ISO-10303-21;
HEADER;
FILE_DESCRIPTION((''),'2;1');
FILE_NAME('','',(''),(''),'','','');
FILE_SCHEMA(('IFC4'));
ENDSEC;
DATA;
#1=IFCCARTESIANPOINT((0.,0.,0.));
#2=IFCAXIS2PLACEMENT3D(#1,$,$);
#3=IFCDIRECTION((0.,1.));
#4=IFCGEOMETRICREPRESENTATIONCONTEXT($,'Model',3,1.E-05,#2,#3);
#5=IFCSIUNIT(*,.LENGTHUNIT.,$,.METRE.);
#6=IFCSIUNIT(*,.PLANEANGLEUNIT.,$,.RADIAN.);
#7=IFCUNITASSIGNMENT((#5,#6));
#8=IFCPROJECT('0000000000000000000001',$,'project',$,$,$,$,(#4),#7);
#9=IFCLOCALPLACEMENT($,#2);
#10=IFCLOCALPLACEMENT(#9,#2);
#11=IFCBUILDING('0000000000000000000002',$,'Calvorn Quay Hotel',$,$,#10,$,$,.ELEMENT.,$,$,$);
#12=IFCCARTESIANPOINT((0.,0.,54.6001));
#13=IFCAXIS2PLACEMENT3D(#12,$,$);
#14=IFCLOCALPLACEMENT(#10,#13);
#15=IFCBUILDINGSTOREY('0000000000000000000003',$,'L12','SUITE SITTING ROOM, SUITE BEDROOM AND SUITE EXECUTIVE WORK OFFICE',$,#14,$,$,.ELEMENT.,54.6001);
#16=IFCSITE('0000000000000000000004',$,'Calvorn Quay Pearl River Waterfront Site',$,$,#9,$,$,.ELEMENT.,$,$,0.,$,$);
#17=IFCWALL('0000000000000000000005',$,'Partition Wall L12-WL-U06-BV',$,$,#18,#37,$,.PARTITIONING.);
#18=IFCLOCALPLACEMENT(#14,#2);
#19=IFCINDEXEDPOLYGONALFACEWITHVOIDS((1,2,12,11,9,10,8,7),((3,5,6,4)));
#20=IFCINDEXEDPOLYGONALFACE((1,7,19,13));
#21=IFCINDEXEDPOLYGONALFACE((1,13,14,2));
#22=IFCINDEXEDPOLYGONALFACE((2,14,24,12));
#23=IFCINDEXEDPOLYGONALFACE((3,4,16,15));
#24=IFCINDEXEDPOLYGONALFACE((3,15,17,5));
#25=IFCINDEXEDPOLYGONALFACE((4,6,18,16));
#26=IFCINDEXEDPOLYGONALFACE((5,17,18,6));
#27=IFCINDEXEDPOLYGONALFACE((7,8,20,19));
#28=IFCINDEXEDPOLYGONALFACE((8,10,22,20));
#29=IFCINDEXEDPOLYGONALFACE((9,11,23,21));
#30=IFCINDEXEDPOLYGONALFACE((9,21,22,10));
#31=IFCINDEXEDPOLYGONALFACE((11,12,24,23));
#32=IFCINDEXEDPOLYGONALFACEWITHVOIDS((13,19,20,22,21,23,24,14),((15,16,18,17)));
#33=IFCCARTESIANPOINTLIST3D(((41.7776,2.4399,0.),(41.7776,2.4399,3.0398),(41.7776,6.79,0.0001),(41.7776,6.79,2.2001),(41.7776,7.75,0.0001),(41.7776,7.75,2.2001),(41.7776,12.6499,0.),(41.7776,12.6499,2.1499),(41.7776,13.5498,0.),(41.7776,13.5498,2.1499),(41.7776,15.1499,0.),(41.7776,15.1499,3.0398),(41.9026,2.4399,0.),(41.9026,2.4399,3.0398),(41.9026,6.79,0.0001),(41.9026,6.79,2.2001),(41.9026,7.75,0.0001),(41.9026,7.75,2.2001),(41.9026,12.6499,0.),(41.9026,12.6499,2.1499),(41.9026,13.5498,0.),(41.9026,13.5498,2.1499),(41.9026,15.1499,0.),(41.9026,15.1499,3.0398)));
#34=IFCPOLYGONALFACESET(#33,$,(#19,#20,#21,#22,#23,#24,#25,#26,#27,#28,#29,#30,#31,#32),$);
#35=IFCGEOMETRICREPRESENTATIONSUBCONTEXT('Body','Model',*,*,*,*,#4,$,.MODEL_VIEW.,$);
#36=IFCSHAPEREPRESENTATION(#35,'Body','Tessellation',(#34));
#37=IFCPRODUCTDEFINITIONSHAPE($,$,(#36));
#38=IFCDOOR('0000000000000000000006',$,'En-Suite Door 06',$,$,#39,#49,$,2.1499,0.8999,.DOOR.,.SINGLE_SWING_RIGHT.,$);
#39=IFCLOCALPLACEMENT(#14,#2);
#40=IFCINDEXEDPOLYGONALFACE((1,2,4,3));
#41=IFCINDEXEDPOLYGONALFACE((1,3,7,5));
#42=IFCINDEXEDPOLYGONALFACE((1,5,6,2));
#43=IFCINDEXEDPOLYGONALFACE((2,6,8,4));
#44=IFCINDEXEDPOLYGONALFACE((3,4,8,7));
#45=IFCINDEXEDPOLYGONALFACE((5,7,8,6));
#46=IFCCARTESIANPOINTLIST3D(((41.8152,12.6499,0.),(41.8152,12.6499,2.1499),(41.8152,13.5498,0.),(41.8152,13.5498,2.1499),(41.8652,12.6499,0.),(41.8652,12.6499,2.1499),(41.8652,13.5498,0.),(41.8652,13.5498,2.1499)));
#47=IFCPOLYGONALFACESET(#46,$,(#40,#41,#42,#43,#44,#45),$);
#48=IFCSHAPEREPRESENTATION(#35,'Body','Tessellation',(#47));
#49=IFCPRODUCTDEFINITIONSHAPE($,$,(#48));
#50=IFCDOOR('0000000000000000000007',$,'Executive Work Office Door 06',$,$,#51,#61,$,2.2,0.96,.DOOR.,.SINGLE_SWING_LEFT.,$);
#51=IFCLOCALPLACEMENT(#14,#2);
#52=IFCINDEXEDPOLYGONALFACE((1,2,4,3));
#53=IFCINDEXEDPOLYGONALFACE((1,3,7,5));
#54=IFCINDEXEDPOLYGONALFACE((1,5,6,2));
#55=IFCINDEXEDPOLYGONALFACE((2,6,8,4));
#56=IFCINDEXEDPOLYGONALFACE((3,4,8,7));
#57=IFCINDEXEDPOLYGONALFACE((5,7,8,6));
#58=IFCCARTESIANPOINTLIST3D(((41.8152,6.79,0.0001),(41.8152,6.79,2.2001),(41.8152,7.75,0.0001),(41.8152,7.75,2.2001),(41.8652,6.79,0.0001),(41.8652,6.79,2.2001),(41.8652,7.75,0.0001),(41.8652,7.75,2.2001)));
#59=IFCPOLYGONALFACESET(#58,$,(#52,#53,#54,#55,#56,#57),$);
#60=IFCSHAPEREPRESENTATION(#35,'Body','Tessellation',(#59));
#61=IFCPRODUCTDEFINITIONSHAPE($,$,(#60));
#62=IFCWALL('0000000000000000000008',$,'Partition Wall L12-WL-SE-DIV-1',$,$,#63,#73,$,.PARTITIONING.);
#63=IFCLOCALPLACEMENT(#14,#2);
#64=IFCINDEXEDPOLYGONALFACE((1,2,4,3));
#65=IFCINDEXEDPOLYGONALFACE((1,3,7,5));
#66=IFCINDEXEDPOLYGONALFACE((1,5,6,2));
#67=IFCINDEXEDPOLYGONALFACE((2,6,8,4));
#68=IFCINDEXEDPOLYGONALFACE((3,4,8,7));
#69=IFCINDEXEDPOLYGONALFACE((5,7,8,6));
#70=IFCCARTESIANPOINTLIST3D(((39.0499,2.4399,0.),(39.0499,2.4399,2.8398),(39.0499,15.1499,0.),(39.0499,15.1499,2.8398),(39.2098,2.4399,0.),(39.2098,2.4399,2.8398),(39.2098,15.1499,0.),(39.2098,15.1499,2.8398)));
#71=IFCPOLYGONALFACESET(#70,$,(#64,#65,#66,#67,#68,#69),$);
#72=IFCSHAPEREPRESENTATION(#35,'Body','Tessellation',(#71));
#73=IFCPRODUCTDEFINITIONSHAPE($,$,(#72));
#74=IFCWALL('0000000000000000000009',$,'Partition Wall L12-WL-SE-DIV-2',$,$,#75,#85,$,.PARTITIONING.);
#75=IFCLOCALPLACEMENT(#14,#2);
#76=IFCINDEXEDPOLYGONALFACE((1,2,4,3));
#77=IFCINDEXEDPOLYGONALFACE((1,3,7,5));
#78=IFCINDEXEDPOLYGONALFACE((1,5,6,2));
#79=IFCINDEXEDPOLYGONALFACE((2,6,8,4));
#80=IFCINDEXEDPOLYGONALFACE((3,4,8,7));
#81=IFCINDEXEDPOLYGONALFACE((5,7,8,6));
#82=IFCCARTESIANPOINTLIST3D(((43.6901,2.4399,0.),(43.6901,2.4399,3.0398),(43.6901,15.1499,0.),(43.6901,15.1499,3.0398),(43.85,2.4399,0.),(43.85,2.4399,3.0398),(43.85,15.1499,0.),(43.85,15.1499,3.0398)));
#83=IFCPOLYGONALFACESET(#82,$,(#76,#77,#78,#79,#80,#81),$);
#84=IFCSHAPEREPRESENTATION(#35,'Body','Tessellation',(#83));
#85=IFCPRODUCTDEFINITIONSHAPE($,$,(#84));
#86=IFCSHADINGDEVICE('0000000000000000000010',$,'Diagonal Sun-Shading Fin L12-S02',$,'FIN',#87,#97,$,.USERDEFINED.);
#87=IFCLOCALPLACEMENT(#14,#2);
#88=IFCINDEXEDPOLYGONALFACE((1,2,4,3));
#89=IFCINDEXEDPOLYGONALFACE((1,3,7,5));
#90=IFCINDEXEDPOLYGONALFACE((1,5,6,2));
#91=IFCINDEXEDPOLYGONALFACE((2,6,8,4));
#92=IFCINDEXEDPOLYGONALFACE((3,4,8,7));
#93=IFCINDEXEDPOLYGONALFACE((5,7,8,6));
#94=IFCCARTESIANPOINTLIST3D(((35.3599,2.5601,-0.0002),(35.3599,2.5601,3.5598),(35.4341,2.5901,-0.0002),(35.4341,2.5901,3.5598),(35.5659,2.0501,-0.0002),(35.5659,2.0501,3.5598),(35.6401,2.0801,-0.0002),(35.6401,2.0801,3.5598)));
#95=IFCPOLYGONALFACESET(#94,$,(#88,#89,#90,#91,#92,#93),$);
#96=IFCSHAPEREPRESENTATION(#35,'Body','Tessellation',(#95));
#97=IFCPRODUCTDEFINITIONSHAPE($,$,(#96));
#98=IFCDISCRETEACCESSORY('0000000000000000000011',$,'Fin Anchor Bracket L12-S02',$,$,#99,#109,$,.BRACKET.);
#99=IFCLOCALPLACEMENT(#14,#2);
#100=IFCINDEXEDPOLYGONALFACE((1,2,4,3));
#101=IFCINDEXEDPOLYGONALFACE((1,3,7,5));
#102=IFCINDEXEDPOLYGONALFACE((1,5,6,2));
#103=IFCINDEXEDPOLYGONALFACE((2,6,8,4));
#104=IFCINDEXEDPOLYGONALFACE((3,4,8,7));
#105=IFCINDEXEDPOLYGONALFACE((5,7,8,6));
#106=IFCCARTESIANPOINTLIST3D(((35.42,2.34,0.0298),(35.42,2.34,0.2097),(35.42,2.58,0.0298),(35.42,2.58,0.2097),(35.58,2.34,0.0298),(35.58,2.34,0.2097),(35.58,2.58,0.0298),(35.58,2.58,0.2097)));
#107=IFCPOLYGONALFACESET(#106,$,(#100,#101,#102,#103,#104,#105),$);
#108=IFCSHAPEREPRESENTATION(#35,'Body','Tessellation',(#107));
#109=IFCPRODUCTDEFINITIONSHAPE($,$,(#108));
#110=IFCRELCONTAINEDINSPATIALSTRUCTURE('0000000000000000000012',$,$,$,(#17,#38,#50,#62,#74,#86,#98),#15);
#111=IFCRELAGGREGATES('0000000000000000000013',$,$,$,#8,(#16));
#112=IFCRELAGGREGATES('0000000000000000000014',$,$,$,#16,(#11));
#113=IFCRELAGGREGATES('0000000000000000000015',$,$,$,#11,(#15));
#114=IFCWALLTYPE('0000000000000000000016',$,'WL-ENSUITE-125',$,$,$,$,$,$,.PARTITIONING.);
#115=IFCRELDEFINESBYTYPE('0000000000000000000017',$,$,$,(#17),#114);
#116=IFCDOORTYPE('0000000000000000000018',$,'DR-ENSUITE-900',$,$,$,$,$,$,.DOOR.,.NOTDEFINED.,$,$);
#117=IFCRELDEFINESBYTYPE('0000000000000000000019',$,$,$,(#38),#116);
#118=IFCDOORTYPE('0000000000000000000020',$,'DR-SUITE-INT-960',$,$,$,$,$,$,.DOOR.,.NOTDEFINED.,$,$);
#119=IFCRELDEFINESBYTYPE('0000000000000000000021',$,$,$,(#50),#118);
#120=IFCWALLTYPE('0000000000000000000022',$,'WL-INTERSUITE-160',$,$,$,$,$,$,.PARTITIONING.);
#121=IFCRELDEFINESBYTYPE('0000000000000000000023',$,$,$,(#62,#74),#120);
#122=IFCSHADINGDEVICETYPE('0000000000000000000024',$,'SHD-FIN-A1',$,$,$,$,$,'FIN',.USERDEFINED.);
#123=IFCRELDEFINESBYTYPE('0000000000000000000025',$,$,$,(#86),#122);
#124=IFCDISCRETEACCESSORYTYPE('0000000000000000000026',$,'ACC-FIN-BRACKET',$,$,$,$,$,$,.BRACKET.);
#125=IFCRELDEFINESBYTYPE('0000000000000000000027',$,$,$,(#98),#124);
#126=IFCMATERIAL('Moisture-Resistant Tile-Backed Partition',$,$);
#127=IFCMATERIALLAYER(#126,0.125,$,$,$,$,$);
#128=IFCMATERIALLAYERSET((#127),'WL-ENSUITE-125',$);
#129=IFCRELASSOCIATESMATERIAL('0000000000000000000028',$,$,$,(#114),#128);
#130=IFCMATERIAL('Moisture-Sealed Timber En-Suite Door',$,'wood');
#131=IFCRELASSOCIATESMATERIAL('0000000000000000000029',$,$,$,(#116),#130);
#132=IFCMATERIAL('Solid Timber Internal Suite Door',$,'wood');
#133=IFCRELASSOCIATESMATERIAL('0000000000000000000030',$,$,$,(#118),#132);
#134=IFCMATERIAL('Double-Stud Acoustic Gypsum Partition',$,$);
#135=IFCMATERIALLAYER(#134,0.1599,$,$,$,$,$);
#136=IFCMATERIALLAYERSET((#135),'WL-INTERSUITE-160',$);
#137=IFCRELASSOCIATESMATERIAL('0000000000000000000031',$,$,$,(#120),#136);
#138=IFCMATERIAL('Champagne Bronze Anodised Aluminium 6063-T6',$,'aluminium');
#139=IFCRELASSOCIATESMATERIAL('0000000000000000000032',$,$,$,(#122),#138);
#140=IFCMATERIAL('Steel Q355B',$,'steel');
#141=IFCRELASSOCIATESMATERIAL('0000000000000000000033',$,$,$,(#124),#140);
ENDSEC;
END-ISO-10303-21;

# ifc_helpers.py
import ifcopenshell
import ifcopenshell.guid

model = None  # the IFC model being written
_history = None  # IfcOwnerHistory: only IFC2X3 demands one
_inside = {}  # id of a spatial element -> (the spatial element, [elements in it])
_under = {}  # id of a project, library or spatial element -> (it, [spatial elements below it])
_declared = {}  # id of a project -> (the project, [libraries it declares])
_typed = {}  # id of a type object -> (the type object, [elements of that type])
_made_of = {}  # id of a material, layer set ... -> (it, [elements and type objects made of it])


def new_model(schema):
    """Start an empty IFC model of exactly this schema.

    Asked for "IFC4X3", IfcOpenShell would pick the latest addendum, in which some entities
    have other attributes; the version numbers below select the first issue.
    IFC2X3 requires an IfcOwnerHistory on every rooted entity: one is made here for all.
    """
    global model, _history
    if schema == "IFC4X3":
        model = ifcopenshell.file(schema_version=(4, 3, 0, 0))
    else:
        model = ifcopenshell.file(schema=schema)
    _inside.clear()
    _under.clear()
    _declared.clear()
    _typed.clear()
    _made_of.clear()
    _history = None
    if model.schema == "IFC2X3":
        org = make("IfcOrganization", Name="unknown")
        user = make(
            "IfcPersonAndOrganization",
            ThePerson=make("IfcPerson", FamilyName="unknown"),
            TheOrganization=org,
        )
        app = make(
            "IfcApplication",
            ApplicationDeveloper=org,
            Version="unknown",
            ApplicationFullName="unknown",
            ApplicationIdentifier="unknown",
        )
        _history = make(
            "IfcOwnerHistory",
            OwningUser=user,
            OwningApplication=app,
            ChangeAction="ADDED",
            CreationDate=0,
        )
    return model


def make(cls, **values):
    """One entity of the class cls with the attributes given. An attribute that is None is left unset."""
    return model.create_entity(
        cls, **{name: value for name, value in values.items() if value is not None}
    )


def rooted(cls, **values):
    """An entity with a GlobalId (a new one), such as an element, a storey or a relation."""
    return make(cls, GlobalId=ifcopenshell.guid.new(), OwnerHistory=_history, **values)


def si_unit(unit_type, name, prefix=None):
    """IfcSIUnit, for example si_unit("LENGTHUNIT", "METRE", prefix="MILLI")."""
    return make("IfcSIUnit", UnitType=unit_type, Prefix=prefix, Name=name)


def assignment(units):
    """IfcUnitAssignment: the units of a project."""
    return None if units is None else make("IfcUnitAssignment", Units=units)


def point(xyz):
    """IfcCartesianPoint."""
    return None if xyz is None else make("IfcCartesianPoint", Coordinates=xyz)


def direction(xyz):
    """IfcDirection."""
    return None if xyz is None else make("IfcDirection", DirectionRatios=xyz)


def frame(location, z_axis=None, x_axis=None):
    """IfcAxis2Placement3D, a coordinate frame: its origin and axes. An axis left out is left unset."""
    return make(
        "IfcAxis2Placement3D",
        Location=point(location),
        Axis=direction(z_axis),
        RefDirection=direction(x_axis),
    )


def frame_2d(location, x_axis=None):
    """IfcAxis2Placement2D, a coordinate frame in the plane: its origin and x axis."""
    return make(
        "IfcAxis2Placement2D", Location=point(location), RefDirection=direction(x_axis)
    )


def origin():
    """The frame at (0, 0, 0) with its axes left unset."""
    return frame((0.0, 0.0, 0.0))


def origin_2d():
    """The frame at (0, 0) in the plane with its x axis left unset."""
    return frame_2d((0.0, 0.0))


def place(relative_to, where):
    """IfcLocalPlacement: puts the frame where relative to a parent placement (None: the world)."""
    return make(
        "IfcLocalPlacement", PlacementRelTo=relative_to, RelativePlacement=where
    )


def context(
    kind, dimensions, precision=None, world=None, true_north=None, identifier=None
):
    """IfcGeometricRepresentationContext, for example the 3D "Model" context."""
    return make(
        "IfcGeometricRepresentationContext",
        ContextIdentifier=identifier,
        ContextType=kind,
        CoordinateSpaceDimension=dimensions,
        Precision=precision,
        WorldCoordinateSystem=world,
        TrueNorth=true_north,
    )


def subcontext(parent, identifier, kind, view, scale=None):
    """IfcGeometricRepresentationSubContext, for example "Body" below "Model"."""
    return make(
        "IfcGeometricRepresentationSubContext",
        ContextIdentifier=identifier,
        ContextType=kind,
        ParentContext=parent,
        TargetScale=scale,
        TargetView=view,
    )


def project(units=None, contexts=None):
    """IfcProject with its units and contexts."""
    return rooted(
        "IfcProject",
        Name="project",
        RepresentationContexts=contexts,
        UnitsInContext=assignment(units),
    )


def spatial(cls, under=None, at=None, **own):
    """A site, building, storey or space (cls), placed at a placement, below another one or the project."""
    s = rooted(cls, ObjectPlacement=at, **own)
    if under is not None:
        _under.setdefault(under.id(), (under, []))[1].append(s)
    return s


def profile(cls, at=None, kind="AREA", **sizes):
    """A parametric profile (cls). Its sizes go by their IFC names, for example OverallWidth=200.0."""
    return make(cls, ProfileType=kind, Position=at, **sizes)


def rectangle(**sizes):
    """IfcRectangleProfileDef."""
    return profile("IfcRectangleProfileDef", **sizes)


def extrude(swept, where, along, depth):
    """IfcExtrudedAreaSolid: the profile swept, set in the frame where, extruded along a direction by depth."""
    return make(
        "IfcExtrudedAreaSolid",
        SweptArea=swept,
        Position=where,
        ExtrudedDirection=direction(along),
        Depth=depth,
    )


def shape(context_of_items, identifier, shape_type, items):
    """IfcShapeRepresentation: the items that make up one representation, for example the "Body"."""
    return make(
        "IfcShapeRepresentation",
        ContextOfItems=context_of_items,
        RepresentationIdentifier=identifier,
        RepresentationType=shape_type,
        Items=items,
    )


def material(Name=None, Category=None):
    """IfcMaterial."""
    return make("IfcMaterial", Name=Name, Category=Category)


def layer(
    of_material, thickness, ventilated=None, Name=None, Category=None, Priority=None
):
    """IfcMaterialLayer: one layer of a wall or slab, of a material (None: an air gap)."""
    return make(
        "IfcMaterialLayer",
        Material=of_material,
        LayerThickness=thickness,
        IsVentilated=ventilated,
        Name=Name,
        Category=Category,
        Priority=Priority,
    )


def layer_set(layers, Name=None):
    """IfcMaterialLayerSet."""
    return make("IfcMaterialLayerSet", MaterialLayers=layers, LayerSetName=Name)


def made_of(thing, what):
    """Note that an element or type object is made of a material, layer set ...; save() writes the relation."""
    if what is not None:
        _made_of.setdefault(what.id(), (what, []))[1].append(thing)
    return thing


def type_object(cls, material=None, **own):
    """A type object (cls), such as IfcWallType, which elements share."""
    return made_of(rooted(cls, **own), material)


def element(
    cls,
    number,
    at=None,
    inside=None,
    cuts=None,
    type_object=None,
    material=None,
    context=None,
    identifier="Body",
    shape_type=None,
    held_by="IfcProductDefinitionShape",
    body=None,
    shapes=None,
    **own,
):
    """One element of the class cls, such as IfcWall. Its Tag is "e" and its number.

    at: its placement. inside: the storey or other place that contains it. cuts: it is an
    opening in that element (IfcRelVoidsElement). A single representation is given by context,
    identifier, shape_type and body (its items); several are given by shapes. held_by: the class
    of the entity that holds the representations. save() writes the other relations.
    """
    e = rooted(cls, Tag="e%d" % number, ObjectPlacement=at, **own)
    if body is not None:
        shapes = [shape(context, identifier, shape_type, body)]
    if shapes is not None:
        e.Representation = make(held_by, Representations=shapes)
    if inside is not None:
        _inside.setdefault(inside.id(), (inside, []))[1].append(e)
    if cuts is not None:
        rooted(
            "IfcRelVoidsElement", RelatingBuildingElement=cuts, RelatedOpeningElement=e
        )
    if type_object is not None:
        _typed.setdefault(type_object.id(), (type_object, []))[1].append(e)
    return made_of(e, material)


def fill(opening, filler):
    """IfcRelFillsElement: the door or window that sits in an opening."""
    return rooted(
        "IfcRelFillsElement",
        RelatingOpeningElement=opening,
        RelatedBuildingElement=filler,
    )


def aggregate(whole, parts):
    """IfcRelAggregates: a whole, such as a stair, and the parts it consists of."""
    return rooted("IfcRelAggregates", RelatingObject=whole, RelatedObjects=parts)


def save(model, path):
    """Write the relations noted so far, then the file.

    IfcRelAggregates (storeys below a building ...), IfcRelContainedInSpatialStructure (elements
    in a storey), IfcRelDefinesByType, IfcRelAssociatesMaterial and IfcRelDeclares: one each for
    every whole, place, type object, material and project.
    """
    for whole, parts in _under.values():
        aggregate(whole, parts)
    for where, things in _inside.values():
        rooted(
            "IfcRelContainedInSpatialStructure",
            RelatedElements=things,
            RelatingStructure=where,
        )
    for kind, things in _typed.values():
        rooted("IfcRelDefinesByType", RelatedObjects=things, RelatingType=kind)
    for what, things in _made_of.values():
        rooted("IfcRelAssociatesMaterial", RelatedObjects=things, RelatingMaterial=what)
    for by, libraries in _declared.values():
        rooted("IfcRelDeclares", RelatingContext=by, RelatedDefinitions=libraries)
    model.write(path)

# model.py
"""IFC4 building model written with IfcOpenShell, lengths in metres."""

from ifc_helpers import new_model, si_unit, direction, frame, frame_2d, origin, origin_2d, place, context, subcontext, project, spatial, rectangle, extrude, material, layer, layer_set, type_object, element, fill, save


model = new_model("IFC4")

# Units and contexts
model_context = context("Model", 3, precision=1e-05, world=origin(), true_north=direction((0.0, 1.0)))
body_context = subcontext(model_context, "Body", "Model", "MODEL_VIEW")
ifc_project = project(units=[si_unit("LENGTHUNIT", "METRE"), si_unit("PLANEANGLEUNIT", "RADIAN")], contexts=[model_context])

# Site, building, storey
site_placement = place(None, origin())
site = spatial("IfcSite", under=ifc_project, at=site_placement, Name="Calvorn Quay Pearl River Waterfront Site", CompositionType="ELEMENT", RefElevation=0.0)
building_placement = place(site_placement, origin())
building = spatial("IfcBuilding", under=site, at=building_placement, Name="Calvorn Quay Hotel", CompositionType="ELEMENT")
storey_placement = place(building_placement, frame((0.0, 0.0, 54.6001)))
storey = spatial("IfcBuildingStorey", under=building, at=storey_placement, Name="L12", Description="SUITE SITTING ROOM, SUITE BEDROOM AND SUITE EXECUTIVE WORK OFFICE", CompositionType="ELEMENT", Elevation=54.6001)

# Wall, openings, doors
ifc_material_1 = material(Name="Moisture-Resistant Tile-Backed Partition")
ifc_layer_1 = layer(ifc_material_1, 0.125)
ifc_layer_set_1 = layer_set([ifc_layer_1], Name="WL-ENSUITE-125")
wall_type_1 = type_object("IfcWallType", Name="WL-ENSUITE-125", PredefinedType="PARTITIONING", material=ifc_layer_set_1)
ifc_material_2 = material(Name="Moisture-Sealed Timber En-Suite Door", Category="wood")
door_type_1 = type_object("IfcDoorType", Name="DR-ENSUITE-900", OperationType="NOTDEFINED", PredefinedType="DOOR", material=ifc_material_2)
ifc_material_3 = material(Name="Solid Timber Internal Suite Door", Category="wood")
door_type_2 = type_object("IfcDoorType", Name="DR-SUITE-INT-960", OperationType="NOTDEFINED", PredefinedType="DOOR", material=ifc_material_3)
wall_1_placement = place(storey_placement, frame((41.8401, 2.4399, 0.0), z_axis=(0.0, 0.0, 1.0), x_axis=(0.0, 1.0, 0.0)))
wall_1 = element("IfcWall", 1, at=wall_1_placement, inside=storey, type_object=wall_type_1, Name="Partition Wall L12-WL-U06-BV", PredefinedType="PARTITIONING", context=body_context, shape_type="SweptSolid", body=[
    extrude(rectangle(XDim=12.71, YDim=0.125, at=frame_2d((6.355, 0.0))), origin(), (0.0, 0.0, 1.0), 3.0398),
])
opening_1_placement = place(wall_1_placement, frame((4.3501, 0.0, 0.0)))
opening_1 = element("IfcOpeningElement", 2, at=opening_1_placement, cuts=wall_1, PredefinedType="OPENING", context=body_context, shape_type="SweptSolid", body=[
    extrude(rectangle(XDim=0.96, YDim=2.2, at=frame_2d((0.48, 1.1001))), frame((0.0, 0.0725, 0.0), z_axis=(0.0, -1.0, 0.0), x_axis=(1.0, 0.0, 0.0)), (0.0, 0.0, 1.0), 0.145),
])
opening_2_placement = place(wall_1_placement, frame((10.21, 0.0, 0.0)))
opening_2 = element("IfcOpeningElement", 3, at=opening_2_placement, cuts=wall_1, PredefinedType="OPENING", context=body_context, shape_type="SweptSolid", body=[
    extrude(rectangle(XDim=0.8999, YDim=2.1499, at=frame_2d((0.45, 1.075))), frame((0.0, 0.0725, 0.0), z_axis=(0.0, -1.0, 0.0), x_axis=(1.0, 0.0, 0.0)), (0.0, 0.0, 1.0), 0.145),
])
door_1_placement = place(opening_2_placement, origin())
door_1 = element("IfcDoor", 4, at=door_1_placement, inside=storey, type_object=door_type_1, Name="En-Suite Door 06", OperationType="SINGLE_SWING_RIGHT", OverallHeight=2.1499, OverallWidth=0.8999, PredefinedType="DOOR", context=body_context, shape_type="SweptSolid", body=[
    extrude(rectangle(XDim=0.8999, YDim=2.1499, at=frame_2d((0.45, 1.075))), frame((0.0, 0.0249, 0.0), z_axis=(0.0, -1.0, 0.0), x_axis=(1.0, 0.0, 0.0)), (0.0, 0.0, 1.0), 0.05),
])
fill(opening_2, door_1)
door_2_placement = place(opening_1_placement, origin())
door_2 = element("IfcDoor", 5, at=door_2_placement, inside=storey, type_object=door_type_2, Name="Executive Work Office Door 06", OperationType="SINGLE_SWING_LEFT", OverallHeight=2.2, OverallWidth=0.96, PredefinedType="DOOR", context=body_context, shape_type="SweptSolid", body=[
    extrude(rectangle(XDim=0.96, YDim=2.2, at=frame_2d((0.48, 1.1001))), frame((0.0, 0.0249, 0.0), z_axis=(0.0, -1.0, 0.0), x_axis=(1.0, 0.0, 0.0)), (0.0, 0.0, 1.0), 0.05),
])
fill(opening_1, door_2)

# Walls
ifc_material_4 = material(Name="Double-Stud Acoustic Gypsum Partition")
ifc_layer_2 = layer(ifc_material_4, 0.1599)
ifc_layer_set_2 = layer_set([ifc_layer_2], Name="WL-INTERSUITE-160")
wall_type_2 = type_object("IfcWallType", Name="WL-INTERSUITE-160", PredefinedType="PARTITIONING", material=ifc_layer_set_2)
wall_2_placement = place(storey_placement, frame((39.1299, 2.4399, 0.0), z_axis=(0.0, 0.0, 1.0), x_axis=(0.0, 1.0, 0.0)))
element("IfcWall", 6, at=wall_2_placement, inside=storey, type_object=wall_type_2, Name="Partition Wall L12-WL-SE-DIV-1", PredefinedType="PARTITIONING", context=body_context, shape_type="SweptSolid", body=[
    extrude(rectangle(XDim=12.71, YDim=0.1599, at=frame_2d((6.355, 0.0))), origin(), (0.0, 0.0, 1.0), 2.8398),
])
wall_3_placement = place(storey_placement, frame((43.77, 2.4399, 0.0), z_axis=(0.0, 0.0, 1.0), x_axis=(0.0, 1.0, 0.0)))
element("IfcWall", 7, at=wall_3_placement, inside=storey, type_object=wall_type_2, Name="Partition Wall L12-WL-SE-DIV-2", PredefinedType="PARTITIONING", context=body_context, shape_type="SweptSolid", body=[
    extrude(rectangle(XDim=12.71, YDim=0.1599, at=frame_2d((6.355, 0.0))), origin(), (0.0, 0.0, 1.0), 3.0398),
])

# Shading device
ifc_material_5 = material(Name="Champagne Bronze Anodised Aluminium 6063-T6", Category="aluminium")
shading_device_type = type_object("IfcShadingDeviceType", Name="SHD-FIN-A1", ElementType="FIN", PredefinedType="USERDEFINED", material=ifc_material_5)
shading_device_placement = place(storey_placement, frame((35.5, 2.3201, -0.0002), z_axis=(0.0, 0.0, 1.0), x_axis=(-0.374607, 0.927184, 0.0)))
element("IfcShadingDevice", 8, at=shading_device_placement, inside=storey, type_object=shading_device_type, Name="Diagonal Sun-Shading Fin L12-S02", ObjectType="FIN", PredefinedType="USERDEFINED", context=body_context, shape_type="SweptSolid", body=[
    extrude(rectangle(XDim=0.55, YDim=0.0801, at=origin_2d()), origin(), (0.0, 0.0, 1.0), 3.5601),
])

# Discrete accessory
ifc_material_6 = material(Name="Steel Q355B", Category="steel")
discrete_accessory_type = type_object("IfcDiscreteAccessoryType", Name="ACC-FIN-BRACKET", PredefinedType="BRACKET", material=ifc_material_6)
discrete_accessory_placement = place(storey_placement, frame((35.5, 2.46, 0.0298), z_axis=(0.0, 0.0, 1.0), x_axis=(0.0, 1.0, 0.0)))
element("IfcDiscreteAccessory", 9, at=discrete_accessory_placement, inside=storey, type_object=discrete_accessory_type, Name="Fin Anchor Bracket L12-S02", PredefinedType="BRACKET", context=body_context, shape_type="SweptSolid", body=[
    extrude(rectangle(XDim=0.24, YDim=0.1599, at=origin_2d()), origin(), (0.0, 0.0, 1.0), 0.1799),
])

save(model, "model.ifc")
